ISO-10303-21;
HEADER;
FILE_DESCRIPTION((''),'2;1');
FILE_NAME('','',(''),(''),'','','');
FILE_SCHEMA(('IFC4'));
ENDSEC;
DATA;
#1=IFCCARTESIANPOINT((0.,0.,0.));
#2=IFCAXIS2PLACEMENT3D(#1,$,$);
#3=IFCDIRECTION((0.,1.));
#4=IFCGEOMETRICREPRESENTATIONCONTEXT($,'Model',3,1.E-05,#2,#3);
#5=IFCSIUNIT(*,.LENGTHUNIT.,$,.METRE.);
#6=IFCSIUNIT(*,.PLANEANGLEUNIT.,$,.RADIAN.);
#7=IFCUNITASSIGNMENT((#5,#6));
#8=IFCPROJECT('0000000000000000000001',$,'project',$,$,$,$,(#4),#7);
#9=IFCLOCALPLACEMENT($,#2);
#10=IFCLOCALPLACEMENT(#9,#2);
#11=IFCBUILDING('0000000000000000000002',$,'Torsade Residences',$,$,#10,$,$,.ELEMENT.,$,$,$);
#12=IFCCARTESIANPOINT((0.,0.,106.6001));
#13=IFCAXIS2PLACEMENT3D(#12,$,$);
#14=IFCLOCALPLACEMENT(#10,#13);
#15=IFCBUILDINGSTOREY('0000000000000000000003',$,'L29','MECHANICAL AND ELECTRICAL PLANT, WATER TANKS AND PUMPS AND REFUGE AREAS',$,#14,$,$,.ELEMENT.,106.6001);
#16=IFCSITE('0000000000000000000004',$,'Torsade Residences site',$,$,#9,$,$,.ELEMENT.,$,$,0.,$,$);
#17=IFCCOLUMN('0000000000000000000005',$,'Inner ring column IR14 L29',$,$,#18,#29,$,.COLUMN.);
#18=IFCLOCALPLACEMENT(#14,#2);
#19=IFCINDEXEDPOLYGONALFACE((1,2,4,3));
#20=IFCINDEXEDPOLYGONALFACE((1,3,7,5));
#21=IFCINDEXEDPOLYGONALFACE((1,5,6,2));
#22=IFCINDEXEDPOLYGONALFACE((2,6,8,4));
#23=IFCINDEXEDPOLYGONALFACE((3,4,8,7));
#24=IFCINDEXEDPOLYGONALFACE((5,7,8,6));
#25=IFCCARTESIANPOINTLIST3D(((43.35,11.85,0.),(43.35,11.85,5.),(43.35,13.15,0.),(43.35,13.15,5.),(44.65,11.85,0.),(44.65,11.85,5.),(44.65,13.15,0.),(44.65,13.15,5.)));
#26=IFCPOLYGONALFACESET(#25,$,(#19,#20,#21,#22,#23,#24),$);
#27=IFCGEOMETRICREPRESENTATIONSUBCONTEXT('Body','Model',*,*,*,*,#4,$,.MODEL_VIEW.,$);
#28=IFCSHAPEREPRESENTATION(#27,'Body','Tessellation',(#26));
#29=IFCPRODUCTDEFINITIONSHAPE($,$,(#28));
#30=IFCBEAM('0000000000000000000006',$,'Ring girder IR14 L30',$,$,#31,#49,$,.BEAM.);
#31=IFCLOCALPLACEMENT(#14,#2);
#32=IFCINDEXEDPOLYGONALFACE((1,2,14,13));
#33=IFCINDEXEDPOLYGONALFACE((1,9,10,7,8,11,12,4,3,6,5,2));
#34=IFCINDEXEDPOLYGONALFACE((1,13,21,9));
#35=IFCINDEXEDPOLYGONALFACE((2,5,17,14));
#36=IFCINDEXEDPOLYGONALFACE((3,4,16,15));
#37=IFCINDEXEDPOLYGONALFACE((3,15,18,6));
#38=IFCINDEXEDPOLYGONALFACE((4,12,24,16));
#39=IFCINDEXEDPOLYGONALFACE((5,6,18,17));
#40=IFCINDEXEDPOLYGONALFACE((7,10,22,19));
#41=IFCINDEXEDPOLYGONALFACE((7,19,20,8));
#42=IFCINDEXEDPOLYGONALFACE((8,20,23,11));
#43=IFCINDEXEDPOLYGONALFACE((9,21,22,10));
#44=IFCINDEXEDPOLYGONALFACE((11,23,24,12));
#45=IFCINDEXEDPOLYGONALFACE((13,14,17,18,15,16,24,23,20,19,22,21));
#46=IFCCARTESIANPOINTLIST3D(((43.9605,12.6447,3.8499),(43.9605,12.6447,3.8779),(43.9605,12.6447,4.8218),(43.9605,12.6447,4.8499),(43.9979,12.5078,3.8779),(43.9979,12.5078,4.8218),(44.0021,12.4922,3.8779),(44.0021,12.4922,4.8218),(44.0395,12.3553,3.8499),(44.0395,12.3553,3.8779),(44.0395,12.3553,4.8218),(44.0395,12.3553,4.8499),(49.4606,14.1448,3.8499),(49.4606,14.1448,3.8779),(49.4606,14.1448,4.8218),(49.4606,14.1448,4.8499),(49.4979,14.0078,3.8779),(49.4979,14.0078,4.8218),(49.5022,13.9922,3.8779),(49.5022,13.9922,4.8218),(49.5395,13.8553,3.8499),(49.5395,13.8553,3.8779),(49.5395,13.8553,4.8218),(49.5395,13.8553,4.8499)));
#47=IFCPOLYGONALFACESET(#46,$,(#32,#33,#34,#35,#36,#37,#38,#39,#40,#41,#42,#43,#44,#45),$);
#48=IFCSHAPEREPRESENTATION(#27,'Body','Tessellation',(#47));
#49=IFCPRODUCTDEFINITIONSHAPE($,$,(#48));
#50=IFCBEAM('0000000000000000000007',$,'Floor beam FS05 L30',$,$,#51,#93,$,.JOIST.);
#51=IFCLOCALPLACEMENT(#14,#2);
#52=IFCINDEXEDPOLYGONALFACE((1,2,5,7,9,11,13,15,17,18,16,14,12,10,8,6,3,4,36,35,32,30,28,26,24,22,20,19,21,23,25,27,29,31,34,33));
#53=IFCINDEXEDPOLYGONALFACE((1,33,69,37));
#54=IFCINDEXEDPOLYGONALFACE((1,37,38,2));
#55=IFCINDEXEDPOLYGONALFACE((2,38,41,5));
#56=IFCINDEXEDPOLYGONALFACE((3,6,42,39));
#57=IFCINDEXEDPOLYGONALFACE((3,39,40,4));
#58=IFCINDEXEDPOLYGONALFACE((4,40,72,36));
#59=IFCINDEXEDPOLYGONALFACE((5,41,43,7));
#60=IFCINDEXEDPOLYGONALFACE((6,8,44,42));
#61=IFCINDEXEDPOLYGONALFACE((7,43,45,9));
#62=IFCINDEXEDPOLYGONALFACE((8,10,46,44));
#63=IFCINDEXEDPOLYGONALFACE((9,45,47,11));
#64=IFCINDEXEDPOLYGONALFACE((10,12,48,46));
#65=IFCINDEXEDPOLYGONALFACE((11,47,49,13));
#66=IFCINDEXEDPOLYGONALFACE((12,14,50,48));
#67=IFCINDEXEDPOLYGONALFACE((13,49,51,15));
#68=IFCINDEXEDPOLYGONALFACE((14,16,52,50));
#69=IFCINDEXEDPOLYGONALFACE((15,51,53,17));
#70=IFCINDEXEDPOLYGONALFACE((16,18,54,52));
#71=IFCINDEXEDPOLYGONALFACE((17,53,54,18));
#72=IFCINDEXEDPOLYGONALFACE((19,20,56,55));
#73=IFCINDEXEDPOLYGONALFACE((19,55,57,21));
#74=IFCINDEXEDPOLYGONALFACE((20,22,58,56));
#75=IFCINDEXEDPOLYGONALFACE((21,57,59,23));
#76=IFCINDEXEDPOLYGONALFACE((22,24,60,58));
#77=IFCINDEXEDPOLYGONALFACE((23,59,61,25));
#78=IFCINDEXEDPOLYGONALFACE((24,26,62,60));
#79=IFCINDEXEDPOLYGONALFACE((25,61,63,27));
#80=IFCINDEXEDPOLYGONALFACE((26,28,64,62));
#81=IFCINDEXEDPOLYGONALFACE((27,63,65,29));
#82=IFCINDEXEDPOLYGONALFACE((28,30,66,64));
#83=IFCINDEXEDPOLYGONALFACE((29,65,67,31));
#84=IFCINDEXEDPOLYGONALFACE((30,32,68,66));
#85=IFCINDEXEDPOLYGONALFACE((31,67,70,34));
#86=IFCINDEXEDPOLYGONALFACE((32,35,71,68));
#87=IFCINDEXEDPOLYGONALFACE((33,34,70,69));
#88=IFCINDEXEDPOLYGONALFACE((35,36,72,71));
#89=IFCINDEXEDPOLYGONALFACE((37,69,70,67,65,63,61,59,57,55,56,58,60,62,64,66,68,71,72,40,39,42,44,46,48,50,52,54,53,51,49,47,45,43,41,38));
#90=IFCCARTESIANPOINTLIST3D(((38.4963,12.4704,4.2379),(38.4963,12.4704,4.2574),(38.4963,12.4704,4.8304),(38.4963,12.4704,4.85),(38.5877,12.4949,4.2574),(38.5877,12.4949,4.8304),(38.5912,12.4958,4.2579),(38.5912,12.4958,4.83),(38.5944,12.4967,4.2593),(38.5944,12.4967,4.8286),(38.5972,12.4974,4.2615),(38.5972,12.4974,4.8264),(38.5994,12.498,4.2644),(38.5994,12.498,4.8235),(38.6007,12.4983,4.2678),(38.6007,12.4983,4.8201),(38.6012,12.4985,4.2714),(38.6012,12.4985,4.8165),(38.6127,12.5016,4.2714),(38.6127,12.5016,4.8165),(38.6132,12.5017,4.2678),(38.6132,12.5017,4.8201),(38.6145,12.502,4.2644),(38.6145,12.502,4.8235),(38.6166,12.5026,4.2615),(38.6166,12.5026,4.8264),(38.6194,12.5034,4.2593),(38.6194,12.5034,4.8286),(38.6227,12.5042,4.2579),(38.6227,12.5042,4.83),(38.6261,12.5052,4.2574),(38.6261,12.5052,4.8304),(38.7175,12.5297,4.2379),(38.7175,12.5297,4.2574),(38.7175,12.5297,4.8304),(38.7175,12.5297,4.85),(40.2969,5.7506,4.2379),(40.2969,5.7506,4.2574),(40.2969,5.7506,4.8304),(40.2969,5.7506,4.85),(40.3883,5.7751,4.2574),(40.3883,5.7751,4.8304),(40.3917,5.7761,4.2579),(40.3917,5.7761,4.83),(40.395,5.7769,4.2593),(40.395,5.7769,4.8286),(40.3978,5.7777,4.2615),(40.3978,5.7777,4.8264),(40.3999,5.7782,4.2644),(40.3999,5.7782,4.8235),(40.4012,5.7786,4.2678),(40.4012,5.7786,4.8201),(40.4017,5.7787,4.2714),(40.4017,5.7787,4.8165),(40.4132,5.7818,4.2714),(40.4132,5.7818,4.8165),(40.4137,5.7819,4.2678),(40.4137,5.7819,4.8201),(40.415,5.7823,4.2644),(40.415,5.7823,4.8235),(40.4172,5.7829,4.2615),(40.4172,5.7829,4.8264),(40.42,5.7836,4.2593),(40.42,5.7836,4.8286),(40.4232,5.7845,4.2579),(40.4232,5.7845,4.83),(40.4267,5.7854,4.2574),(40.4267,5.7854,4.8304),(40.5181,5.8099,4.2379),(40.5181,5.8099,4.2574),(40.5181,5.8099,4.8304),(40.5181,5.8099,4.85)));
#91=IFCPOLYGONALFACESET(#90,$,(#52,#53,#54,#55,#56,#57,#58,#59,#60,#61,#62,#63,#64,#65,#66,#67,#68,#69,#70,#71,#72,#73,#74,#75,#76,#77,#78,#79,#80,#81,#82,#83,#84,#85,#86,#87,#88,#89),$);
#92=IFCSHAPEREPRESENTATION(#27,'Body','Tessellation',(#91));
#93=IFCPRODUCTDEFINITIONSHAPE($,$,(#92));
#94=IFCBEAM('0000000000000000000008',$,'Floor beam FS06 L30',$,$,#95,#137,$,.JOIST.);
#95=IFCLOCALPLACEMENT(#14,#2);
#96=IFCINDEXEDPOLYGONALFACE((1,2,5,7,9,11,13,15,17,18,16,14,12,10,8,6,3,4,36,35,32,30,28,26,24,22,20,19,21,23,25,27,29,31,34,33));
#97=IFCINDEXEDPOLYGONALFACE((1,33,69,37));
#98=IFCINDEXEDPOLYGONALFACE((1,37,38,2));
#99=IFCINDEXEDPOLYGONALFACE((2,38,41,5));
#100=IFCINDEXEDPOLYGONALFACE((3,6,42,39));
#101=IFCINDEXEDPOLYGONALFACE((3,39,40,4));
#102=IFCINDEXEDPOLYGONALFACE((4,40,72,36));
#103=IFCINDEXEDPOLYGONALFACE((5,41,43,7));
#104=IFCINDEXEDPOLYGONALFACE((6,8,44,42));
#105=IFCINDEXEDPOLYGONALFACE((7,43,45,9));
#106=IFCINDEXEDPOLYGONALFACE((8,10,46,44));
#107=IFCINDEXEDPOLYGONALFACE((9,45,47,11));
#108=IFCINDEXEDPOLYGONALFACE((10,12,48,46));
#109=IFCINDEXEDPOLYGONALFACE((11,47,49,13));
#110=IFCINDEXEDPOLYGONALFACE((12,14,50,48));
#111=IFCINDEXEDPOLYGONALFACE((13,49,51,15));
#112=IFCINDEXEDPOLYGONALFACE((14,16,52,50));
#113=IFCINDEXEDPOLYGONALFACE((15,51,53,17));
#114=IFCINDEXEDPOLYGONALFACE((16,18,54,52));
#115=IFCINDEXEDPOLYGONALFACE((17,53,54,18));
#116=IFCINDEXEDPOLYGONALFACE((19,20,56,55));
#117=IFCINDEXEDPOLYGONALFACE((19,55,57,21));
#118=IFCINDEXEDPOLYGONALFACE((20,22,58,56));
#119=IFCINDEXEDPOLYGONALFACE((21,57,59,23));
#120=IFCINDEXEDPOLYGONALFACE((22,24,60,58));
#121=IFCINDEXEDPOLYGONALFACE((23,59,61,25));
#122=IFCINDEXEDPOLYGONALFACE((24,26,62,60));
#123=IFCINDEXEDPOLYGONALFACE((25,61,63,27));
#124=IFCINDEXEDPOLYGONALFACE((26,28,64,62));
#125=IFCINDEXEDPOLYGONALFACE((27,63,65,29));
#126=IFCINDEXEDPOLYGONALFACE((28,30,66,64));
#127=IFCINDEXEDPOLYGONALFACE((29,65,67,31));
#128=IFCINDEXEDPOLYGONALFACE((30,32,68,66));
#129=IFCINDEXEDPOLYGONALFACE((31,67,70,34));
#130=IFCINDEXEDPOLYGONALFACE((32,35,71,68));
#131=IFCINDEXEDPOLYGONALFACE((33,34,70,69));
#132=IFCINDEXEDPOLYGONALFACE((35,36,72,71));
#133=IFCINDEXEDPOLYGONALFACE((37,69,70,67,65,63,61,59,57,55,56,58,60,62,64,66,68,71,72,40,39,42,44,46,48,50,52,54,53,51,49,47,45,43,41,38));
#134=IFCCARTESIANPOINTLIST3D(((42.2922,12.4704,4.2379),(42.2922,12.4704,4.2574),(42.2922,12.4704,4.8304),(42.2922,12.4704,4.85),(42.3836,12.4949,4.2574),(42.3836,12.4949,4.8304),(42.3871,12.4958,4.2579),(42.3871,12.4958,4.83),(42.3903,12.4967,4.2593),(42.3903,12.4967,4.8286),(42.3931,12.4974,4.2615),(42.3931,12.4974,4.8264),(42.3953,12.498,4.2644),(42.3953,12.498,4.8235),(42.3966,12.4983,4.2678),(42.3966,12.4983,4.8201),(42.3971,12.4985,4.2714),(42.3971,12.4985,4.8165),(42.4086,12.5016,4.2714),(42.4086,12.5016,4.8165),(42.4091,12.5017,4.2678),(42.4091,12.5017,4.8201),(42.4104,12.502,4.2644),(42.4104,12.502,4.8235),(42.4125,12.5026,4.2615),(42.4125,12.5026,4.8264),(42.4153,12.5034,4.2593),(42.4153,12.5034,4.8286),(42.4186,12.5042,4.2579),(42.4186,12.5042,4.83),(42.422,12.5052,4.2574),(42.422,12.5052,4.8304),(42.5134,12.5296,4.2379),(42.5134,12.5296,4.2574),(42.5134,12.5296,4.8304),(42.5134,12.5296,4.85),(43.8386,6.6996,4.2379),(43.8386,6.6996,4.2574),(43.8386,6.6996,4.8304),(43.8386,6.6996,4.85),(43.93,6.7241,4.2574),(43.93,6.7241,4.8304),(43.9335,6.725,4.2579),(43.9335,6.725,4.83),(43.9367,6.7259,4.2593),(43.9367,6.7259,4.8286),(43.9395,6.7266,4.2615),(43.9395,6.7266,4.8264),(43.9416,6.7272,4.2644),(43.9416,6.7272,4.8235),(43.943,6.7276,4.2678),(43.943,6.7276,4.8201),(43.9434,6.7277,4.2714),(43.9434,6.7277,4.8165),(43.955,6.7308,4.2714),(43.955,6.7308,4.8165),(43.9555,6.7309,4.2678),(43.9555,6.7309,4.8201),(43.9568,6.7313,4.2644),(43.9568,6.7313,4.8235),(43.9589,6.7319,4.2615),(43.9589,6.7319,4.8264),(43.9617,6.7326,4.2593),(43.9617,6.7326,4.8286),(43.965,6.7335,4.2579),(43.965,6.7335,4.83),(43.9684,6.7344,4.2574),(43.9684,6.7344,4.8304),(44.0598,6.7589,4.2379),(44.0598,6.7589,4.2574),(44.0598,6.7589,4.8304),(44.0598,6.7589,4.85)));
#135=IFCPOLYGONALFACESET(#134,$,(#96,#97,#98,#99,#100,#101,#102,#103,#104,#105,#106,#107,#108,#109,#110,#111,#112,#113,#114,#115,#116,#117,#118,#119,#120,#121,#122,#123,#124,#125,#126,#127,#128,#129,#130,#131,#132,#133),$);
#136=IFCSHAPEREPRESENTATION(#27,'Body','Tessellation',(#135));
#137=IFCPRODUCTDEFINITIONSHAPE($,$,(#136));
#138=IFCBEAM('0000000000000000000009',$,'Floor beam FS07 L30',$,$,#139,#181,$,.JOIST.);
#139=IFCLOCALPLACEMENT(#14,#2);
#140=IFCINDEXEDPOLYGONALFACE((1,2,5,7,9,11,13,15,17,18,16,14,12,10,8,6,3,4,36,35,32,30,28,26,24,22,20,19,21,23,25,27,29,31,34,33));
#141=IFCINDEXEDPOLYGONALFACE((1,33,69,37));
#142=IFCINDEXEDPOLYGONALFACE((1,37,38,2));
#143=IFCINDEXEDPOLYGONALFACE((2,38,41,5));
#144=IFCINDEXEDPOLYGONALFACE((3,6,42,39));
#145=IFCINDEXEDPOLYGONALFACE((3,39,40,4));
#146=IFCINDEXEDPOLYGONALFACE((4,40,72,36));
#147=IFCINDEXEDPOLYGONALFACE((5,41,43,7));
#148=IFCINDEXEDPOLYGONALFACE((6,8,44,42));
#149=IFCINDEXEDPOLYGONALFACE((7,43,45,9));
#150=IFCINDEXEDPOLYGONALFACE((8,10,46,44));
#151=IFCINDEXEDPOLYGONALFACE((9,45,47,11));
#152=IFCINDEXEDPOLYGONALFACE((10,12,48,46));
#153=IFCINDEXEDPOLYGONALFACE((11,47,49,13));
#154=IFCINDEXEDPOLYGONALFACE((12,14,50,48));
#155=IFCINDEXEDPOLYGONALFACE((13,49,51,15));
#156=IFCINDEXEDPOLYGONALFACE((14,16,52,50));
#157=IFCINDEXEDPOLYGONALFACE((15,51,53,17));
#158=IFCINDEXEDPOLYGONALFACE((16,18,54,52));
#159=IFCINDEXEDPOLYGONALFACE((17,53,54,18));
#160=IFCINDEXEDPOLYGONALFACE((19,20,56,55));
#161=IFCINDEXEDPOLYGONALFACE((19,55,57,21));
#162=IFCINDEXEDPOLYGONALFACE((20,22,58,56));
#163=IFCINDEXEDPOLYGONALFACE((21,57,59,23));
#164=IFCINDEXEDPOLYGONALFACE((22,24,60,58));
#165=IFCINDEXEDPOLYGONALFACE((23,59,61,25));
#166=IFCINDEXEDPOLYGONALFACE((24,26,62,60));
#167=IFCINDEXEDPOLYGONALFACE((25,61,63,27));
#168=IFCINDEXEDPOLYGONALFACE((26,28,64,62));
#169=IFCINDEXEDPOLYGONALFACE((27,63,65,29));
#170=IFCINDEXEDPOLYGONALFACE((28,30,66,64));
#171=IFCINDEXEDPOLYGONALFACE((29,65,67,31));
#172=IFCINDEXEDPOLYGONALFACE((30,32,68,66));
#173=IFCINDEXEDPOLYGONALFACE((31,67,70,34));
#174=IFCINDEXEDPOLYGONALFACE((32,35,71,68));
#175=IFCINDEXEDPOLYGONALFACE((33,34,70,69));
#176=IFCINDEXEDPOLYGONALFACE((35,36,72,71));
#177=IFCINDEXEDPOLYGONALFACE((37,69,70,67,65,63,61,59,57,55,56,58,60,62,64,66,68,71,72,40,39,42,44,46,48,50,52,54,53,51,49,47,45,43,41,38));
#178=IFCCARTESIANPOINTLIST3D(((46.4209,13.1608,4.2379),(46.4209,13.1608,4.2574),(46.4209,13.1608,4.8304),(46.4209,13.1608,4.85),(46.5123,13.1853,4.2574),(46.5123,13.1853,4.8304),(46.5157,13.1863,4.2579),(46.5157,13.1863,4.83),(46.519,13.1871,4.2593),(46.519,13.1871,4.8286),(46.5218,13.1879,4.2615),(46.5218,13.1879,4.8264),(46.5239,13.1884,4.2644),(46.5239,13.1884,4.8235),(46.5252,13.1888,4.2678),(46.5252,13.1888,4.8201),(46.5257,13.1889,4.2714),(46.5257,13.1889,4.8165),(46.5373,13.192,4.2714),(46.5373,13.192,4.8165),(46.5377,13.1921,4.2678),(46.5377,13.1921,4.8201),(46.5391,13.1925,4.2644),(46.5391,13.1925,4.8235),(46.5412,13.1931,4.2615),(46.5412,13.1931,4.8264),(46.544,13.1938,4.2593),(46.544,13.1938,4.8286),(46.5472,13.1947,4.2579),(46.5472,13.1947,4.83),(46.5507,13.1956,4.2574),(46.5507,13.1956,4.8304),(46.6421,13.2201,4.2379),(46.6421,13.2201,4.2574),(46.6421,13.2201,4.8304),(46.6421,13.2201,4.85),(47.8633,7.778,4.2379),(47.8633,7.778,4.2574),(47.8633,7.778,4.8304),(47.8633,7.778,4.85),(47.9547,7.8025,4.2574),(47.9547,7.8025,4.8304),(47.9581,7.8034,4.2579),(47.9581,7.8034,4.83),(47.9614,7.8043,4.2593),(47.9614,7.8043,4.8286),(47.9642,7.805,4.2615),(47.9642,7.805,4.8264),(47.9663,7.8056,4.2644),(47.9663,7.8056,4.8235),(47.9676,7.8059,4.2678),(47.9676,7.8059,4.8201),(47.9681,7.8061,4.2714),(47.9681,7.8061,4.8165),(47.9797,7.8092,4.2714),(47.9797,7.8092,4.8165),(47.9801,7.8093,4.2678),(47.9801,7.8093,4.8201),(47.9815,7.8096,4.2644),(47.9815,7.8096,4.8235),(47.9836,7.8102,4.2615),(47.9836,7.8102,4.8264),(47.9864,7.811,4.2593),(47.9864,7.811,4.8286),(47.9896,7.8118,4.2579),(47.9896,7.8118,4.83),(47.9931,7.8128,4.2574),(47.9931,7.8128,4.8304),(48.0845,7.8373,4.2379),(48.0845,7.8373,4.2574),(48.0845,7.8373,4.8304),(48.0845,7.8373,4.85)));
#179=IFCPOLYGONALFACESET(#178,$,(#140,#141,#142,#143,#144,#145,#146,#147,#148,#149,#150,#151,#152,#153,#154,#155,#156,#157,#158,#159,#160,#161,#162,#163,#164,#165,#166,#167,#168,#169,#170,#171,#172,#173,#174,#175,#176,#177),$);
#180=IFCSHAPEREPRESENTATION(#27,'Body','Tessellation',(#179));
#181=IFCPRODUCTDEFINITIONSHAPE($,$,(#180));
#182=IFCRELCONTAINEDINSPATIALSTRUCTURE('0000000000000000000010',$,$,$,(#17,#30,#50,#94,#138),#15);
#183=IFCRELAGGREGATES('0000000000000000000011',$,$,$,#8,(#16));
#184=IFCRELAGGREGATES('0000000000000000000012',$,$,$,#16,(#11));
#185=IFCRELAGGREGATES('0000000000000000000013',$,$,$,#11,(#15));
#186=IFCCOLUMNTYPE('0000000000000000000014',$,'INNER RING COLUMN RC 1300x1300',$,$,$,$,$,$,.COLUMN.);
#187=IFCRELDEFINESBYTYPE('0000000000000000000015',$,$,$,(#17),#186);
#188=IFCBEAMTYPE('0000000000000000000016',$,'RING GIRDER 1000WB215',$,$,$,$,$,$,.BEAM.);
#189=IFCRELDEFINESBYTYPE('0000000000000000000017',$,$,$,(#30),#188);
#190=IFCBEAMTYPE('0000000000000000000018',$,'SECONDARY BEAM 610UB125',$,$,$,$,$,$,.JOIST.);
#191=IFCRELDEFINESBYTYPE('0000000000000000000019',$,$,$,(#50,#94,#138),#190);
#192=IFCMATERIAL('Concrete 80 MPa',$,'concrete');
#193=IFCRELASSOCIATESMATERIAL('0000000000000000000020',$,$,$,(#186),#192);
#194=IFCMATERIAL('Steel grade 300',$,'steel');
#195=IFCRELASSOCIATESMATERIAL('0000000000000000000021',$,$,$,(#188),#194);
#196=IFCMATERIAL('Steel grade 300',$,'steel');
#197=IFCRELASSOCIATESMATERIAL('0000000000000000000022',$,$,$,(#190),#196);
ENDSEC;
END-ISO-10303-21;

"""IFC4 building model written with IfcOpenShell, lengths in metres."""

from ifc_helpers import new_model, si_unit, direction, frame, origin, origin_2d, place, context, subcontext, project, spatial, rectangle, i_section, extrude, material, material_profile, profile_set, type_object, element, save


model = new_model("IFC4")

# Units and contexts
model_context = context("Model", 3, precision=1e-05, world=origin(), true_north=direction((0.0, 1.0)))
body_context = subcontext(model_context, "Body", "Model", "MODEL_VIEW")
ifc_project = project(units=[si_unit("LENGTHUNIT", "METRE"), si_unit("PLANEANGLEUNIT", "RADIAN")], contexts=[model_context])

# Site, building, storey
site_placement = place(None, origin())
site = spatial("IfcSite", under=ifc_project, at=site_placement, Name="Torsade Residences site", CompositionType="ELEMENT", RefElevation=0.0)
building_placement = place(site_placement, origin())
building = spatial("IfcBuilding", under=site, at=building_placement, Name="Torsade Residences", CompositionType="ELEMENT")
storey_placement = place(building_placement, frame((0.0, 0.0, 106.6001)))
storey = spatial("IfcBuildingStorey", under=building, at=storey_placement, Name="L29", Description="MECHANICAL AND ELECTRICAL PLANT, WATER TANKS AND PUMPS AND REFUGE AREAS", CompositionType="ELEMENT", Elevation=106.6001)

# Column
ifc_material_1 = material(Name="Concrete 80 MPa", Category="concrete")
ifc_material_profile_1 = material_profile(ifc_material_1, rectangle(XDim=1.3, YDim=1.3, at=origin_2d()), Name="RC 1300x1300")
ifc_profile_set_1 = profile_set([ifc_material_profile_1], Name="Concrete 80 MPa")
column_type = type_object("IfcColumnType", Name="INNER RING COLUMN RC 1300x1300", PredefinedType="COLUMN", material=ifc_profile_set_1)
column_placement = place(storey_placement, frame((44.0, 12.5, 0.0), z_axis=(0.0, 0.0, 1.0), x_axis=(1.0, 0.0, 0.0)))
element("IfcColumn", 1, at=column_placement, inside=storey, type_object=column_type, Name="Inner ring column IR14 L29", PredefinedType="COLUMN", context=body_context, shape_type="SweptSolid", body=[
    extrude(rectangle(XDim=1.3, YDim=1.3, at=origin_2d()), origin(), (0.0, 0.0, 1.0), 5.0),
])

# Beams
ifc_material_2 = material(Name="Steel grade 300", Category="steel")
ifc_material_profile_2 = material_profile(ifc_material_2, i_section(OverallWidth=0.3, OverallDepth=1.0, WebThickness=0.0161, FlangeThickness=0.0281, at=origin_2d()), Name="1000WB215")
ifc_profile_set_2 = profile_set([ifc_material_profile_2], Name="Steel grade 300")
beam_type_1 = type_object("IfcBeamType", Name="RING GIRDER 1000WB215", PredefinedType="BEAM", material=ifc_profile_set_2)
beam_1_placement = place(storey_placement, frame((44.0, 12.5, 4.3499), z_axis=(0.964764, 0.263117, 0.0), x_axis=(-0.263117, 0.964764, 0.0)))
element("IfcBeam", 2, at=beam_1_placement, inside=storey, type_object=beam_type_1, Name="Ring girder IR14 L30", PredefinedType="BEAM", context=body_context, shape_type="SweptSolid", body=[
    extrude(i_section(OverallWidth=0.3, OverallDepth=1.0, WebThickness=0.0161, FlangeThickness=0.0281, at=origin_2d()), origin(), (0.0, 0.0, 1.0), 5.7009),
])
ifc_material_3 = material(Name="Steel grade 300", Category="steel")
ifc_material_profile_3 = material_profile(ifc_material_3, i_section(OverallWidth=0.229, OverallDepth=0.6121, WebThickness=0.012, FlangeThickness=0.0195, FilletRadius=0.0139, at=origin_2d()), Name="610UB125")
ifc_profile_set_3 = profile_set([ifc_material_profile_3], Name="Steel grade 300")
beam_type_2 = type_object("IfcBeamType", Name="SECONDARY BEAM 610UB125", PredefinedType="JOIST", material=ifc_profile_set_3)
beam_2_placement = place(storey_placement, frame((40.4075, 5.7803, 4.5439), z_axis=(-0.258818, 0.965926, 0.0), x_axis=(-0.965926, -0.258818, 0.0)))
element("IfcBeam", 3, at=beam_2_placement, inside=storey, type_object=beam_type_2, Name="Floor beam FS05 L30", PredefinedType="JOIST", context=body_context, shape_type="SweptSolid", body=[
    extrude(i_section(OverallWidth=0.229, OverallDepth=0.6121, WebThickness=0.012, FlangeThickness=0.0195, FilletRadius=0.0139, at=origin_2d()), origin(), (0.0, 0.0, 1.0), 6.9568),
])
beam_3_placement = place(storey_placement, frame((43.9492, 6.7292, 4.5439), z_axis=(-0.258838, 0.965921, 0.0), x_axis=(-0.965921, -0.258838, 0.0)))
element("IfcBeam", 4, at=beam_3_placement, inside=storey, type_object=beam_type_2, Name="Floor beam FS06 L30", PredefinedType="JOIST", context=body_context, shape_type="SweptSolid", body=[
    extrude(i_section(OverallWidth=0.229, OverallDepth=0.6121, WebThickness=0.012, FlangeThickness=0.0195, FilletRadius=0.0139, at=origin_2d()), origin(), (0.0, 0.0, 1.0), 5.9744),
])
beam_4_placement = place(storey_placement, frame((47.9739, 7.8076, 4.5439), z_axis=(-0.25883, 0.965923, 0.0), x_axis=(-0.965923, -0.25883, 0.0)))
element("IfcBeam", 5, at=beam_4_placement, inside=storey, type_object=beam_type_2, Name="Floor beam FS07 L30", PredefinedType="JOIST", context=body_context, shape_type="SweptSolid", body=[
    extrude(i_section(OverallWidth=0.229, OverallDepth=0.6121, WebThickness=0.012, FlangeThickness=0.0195, FilletRadius=0.0139, at=origin_2d()), origin(), (0.0, 0.0, 1.0), 5.5728),
])

save(model, "model.ifc")
